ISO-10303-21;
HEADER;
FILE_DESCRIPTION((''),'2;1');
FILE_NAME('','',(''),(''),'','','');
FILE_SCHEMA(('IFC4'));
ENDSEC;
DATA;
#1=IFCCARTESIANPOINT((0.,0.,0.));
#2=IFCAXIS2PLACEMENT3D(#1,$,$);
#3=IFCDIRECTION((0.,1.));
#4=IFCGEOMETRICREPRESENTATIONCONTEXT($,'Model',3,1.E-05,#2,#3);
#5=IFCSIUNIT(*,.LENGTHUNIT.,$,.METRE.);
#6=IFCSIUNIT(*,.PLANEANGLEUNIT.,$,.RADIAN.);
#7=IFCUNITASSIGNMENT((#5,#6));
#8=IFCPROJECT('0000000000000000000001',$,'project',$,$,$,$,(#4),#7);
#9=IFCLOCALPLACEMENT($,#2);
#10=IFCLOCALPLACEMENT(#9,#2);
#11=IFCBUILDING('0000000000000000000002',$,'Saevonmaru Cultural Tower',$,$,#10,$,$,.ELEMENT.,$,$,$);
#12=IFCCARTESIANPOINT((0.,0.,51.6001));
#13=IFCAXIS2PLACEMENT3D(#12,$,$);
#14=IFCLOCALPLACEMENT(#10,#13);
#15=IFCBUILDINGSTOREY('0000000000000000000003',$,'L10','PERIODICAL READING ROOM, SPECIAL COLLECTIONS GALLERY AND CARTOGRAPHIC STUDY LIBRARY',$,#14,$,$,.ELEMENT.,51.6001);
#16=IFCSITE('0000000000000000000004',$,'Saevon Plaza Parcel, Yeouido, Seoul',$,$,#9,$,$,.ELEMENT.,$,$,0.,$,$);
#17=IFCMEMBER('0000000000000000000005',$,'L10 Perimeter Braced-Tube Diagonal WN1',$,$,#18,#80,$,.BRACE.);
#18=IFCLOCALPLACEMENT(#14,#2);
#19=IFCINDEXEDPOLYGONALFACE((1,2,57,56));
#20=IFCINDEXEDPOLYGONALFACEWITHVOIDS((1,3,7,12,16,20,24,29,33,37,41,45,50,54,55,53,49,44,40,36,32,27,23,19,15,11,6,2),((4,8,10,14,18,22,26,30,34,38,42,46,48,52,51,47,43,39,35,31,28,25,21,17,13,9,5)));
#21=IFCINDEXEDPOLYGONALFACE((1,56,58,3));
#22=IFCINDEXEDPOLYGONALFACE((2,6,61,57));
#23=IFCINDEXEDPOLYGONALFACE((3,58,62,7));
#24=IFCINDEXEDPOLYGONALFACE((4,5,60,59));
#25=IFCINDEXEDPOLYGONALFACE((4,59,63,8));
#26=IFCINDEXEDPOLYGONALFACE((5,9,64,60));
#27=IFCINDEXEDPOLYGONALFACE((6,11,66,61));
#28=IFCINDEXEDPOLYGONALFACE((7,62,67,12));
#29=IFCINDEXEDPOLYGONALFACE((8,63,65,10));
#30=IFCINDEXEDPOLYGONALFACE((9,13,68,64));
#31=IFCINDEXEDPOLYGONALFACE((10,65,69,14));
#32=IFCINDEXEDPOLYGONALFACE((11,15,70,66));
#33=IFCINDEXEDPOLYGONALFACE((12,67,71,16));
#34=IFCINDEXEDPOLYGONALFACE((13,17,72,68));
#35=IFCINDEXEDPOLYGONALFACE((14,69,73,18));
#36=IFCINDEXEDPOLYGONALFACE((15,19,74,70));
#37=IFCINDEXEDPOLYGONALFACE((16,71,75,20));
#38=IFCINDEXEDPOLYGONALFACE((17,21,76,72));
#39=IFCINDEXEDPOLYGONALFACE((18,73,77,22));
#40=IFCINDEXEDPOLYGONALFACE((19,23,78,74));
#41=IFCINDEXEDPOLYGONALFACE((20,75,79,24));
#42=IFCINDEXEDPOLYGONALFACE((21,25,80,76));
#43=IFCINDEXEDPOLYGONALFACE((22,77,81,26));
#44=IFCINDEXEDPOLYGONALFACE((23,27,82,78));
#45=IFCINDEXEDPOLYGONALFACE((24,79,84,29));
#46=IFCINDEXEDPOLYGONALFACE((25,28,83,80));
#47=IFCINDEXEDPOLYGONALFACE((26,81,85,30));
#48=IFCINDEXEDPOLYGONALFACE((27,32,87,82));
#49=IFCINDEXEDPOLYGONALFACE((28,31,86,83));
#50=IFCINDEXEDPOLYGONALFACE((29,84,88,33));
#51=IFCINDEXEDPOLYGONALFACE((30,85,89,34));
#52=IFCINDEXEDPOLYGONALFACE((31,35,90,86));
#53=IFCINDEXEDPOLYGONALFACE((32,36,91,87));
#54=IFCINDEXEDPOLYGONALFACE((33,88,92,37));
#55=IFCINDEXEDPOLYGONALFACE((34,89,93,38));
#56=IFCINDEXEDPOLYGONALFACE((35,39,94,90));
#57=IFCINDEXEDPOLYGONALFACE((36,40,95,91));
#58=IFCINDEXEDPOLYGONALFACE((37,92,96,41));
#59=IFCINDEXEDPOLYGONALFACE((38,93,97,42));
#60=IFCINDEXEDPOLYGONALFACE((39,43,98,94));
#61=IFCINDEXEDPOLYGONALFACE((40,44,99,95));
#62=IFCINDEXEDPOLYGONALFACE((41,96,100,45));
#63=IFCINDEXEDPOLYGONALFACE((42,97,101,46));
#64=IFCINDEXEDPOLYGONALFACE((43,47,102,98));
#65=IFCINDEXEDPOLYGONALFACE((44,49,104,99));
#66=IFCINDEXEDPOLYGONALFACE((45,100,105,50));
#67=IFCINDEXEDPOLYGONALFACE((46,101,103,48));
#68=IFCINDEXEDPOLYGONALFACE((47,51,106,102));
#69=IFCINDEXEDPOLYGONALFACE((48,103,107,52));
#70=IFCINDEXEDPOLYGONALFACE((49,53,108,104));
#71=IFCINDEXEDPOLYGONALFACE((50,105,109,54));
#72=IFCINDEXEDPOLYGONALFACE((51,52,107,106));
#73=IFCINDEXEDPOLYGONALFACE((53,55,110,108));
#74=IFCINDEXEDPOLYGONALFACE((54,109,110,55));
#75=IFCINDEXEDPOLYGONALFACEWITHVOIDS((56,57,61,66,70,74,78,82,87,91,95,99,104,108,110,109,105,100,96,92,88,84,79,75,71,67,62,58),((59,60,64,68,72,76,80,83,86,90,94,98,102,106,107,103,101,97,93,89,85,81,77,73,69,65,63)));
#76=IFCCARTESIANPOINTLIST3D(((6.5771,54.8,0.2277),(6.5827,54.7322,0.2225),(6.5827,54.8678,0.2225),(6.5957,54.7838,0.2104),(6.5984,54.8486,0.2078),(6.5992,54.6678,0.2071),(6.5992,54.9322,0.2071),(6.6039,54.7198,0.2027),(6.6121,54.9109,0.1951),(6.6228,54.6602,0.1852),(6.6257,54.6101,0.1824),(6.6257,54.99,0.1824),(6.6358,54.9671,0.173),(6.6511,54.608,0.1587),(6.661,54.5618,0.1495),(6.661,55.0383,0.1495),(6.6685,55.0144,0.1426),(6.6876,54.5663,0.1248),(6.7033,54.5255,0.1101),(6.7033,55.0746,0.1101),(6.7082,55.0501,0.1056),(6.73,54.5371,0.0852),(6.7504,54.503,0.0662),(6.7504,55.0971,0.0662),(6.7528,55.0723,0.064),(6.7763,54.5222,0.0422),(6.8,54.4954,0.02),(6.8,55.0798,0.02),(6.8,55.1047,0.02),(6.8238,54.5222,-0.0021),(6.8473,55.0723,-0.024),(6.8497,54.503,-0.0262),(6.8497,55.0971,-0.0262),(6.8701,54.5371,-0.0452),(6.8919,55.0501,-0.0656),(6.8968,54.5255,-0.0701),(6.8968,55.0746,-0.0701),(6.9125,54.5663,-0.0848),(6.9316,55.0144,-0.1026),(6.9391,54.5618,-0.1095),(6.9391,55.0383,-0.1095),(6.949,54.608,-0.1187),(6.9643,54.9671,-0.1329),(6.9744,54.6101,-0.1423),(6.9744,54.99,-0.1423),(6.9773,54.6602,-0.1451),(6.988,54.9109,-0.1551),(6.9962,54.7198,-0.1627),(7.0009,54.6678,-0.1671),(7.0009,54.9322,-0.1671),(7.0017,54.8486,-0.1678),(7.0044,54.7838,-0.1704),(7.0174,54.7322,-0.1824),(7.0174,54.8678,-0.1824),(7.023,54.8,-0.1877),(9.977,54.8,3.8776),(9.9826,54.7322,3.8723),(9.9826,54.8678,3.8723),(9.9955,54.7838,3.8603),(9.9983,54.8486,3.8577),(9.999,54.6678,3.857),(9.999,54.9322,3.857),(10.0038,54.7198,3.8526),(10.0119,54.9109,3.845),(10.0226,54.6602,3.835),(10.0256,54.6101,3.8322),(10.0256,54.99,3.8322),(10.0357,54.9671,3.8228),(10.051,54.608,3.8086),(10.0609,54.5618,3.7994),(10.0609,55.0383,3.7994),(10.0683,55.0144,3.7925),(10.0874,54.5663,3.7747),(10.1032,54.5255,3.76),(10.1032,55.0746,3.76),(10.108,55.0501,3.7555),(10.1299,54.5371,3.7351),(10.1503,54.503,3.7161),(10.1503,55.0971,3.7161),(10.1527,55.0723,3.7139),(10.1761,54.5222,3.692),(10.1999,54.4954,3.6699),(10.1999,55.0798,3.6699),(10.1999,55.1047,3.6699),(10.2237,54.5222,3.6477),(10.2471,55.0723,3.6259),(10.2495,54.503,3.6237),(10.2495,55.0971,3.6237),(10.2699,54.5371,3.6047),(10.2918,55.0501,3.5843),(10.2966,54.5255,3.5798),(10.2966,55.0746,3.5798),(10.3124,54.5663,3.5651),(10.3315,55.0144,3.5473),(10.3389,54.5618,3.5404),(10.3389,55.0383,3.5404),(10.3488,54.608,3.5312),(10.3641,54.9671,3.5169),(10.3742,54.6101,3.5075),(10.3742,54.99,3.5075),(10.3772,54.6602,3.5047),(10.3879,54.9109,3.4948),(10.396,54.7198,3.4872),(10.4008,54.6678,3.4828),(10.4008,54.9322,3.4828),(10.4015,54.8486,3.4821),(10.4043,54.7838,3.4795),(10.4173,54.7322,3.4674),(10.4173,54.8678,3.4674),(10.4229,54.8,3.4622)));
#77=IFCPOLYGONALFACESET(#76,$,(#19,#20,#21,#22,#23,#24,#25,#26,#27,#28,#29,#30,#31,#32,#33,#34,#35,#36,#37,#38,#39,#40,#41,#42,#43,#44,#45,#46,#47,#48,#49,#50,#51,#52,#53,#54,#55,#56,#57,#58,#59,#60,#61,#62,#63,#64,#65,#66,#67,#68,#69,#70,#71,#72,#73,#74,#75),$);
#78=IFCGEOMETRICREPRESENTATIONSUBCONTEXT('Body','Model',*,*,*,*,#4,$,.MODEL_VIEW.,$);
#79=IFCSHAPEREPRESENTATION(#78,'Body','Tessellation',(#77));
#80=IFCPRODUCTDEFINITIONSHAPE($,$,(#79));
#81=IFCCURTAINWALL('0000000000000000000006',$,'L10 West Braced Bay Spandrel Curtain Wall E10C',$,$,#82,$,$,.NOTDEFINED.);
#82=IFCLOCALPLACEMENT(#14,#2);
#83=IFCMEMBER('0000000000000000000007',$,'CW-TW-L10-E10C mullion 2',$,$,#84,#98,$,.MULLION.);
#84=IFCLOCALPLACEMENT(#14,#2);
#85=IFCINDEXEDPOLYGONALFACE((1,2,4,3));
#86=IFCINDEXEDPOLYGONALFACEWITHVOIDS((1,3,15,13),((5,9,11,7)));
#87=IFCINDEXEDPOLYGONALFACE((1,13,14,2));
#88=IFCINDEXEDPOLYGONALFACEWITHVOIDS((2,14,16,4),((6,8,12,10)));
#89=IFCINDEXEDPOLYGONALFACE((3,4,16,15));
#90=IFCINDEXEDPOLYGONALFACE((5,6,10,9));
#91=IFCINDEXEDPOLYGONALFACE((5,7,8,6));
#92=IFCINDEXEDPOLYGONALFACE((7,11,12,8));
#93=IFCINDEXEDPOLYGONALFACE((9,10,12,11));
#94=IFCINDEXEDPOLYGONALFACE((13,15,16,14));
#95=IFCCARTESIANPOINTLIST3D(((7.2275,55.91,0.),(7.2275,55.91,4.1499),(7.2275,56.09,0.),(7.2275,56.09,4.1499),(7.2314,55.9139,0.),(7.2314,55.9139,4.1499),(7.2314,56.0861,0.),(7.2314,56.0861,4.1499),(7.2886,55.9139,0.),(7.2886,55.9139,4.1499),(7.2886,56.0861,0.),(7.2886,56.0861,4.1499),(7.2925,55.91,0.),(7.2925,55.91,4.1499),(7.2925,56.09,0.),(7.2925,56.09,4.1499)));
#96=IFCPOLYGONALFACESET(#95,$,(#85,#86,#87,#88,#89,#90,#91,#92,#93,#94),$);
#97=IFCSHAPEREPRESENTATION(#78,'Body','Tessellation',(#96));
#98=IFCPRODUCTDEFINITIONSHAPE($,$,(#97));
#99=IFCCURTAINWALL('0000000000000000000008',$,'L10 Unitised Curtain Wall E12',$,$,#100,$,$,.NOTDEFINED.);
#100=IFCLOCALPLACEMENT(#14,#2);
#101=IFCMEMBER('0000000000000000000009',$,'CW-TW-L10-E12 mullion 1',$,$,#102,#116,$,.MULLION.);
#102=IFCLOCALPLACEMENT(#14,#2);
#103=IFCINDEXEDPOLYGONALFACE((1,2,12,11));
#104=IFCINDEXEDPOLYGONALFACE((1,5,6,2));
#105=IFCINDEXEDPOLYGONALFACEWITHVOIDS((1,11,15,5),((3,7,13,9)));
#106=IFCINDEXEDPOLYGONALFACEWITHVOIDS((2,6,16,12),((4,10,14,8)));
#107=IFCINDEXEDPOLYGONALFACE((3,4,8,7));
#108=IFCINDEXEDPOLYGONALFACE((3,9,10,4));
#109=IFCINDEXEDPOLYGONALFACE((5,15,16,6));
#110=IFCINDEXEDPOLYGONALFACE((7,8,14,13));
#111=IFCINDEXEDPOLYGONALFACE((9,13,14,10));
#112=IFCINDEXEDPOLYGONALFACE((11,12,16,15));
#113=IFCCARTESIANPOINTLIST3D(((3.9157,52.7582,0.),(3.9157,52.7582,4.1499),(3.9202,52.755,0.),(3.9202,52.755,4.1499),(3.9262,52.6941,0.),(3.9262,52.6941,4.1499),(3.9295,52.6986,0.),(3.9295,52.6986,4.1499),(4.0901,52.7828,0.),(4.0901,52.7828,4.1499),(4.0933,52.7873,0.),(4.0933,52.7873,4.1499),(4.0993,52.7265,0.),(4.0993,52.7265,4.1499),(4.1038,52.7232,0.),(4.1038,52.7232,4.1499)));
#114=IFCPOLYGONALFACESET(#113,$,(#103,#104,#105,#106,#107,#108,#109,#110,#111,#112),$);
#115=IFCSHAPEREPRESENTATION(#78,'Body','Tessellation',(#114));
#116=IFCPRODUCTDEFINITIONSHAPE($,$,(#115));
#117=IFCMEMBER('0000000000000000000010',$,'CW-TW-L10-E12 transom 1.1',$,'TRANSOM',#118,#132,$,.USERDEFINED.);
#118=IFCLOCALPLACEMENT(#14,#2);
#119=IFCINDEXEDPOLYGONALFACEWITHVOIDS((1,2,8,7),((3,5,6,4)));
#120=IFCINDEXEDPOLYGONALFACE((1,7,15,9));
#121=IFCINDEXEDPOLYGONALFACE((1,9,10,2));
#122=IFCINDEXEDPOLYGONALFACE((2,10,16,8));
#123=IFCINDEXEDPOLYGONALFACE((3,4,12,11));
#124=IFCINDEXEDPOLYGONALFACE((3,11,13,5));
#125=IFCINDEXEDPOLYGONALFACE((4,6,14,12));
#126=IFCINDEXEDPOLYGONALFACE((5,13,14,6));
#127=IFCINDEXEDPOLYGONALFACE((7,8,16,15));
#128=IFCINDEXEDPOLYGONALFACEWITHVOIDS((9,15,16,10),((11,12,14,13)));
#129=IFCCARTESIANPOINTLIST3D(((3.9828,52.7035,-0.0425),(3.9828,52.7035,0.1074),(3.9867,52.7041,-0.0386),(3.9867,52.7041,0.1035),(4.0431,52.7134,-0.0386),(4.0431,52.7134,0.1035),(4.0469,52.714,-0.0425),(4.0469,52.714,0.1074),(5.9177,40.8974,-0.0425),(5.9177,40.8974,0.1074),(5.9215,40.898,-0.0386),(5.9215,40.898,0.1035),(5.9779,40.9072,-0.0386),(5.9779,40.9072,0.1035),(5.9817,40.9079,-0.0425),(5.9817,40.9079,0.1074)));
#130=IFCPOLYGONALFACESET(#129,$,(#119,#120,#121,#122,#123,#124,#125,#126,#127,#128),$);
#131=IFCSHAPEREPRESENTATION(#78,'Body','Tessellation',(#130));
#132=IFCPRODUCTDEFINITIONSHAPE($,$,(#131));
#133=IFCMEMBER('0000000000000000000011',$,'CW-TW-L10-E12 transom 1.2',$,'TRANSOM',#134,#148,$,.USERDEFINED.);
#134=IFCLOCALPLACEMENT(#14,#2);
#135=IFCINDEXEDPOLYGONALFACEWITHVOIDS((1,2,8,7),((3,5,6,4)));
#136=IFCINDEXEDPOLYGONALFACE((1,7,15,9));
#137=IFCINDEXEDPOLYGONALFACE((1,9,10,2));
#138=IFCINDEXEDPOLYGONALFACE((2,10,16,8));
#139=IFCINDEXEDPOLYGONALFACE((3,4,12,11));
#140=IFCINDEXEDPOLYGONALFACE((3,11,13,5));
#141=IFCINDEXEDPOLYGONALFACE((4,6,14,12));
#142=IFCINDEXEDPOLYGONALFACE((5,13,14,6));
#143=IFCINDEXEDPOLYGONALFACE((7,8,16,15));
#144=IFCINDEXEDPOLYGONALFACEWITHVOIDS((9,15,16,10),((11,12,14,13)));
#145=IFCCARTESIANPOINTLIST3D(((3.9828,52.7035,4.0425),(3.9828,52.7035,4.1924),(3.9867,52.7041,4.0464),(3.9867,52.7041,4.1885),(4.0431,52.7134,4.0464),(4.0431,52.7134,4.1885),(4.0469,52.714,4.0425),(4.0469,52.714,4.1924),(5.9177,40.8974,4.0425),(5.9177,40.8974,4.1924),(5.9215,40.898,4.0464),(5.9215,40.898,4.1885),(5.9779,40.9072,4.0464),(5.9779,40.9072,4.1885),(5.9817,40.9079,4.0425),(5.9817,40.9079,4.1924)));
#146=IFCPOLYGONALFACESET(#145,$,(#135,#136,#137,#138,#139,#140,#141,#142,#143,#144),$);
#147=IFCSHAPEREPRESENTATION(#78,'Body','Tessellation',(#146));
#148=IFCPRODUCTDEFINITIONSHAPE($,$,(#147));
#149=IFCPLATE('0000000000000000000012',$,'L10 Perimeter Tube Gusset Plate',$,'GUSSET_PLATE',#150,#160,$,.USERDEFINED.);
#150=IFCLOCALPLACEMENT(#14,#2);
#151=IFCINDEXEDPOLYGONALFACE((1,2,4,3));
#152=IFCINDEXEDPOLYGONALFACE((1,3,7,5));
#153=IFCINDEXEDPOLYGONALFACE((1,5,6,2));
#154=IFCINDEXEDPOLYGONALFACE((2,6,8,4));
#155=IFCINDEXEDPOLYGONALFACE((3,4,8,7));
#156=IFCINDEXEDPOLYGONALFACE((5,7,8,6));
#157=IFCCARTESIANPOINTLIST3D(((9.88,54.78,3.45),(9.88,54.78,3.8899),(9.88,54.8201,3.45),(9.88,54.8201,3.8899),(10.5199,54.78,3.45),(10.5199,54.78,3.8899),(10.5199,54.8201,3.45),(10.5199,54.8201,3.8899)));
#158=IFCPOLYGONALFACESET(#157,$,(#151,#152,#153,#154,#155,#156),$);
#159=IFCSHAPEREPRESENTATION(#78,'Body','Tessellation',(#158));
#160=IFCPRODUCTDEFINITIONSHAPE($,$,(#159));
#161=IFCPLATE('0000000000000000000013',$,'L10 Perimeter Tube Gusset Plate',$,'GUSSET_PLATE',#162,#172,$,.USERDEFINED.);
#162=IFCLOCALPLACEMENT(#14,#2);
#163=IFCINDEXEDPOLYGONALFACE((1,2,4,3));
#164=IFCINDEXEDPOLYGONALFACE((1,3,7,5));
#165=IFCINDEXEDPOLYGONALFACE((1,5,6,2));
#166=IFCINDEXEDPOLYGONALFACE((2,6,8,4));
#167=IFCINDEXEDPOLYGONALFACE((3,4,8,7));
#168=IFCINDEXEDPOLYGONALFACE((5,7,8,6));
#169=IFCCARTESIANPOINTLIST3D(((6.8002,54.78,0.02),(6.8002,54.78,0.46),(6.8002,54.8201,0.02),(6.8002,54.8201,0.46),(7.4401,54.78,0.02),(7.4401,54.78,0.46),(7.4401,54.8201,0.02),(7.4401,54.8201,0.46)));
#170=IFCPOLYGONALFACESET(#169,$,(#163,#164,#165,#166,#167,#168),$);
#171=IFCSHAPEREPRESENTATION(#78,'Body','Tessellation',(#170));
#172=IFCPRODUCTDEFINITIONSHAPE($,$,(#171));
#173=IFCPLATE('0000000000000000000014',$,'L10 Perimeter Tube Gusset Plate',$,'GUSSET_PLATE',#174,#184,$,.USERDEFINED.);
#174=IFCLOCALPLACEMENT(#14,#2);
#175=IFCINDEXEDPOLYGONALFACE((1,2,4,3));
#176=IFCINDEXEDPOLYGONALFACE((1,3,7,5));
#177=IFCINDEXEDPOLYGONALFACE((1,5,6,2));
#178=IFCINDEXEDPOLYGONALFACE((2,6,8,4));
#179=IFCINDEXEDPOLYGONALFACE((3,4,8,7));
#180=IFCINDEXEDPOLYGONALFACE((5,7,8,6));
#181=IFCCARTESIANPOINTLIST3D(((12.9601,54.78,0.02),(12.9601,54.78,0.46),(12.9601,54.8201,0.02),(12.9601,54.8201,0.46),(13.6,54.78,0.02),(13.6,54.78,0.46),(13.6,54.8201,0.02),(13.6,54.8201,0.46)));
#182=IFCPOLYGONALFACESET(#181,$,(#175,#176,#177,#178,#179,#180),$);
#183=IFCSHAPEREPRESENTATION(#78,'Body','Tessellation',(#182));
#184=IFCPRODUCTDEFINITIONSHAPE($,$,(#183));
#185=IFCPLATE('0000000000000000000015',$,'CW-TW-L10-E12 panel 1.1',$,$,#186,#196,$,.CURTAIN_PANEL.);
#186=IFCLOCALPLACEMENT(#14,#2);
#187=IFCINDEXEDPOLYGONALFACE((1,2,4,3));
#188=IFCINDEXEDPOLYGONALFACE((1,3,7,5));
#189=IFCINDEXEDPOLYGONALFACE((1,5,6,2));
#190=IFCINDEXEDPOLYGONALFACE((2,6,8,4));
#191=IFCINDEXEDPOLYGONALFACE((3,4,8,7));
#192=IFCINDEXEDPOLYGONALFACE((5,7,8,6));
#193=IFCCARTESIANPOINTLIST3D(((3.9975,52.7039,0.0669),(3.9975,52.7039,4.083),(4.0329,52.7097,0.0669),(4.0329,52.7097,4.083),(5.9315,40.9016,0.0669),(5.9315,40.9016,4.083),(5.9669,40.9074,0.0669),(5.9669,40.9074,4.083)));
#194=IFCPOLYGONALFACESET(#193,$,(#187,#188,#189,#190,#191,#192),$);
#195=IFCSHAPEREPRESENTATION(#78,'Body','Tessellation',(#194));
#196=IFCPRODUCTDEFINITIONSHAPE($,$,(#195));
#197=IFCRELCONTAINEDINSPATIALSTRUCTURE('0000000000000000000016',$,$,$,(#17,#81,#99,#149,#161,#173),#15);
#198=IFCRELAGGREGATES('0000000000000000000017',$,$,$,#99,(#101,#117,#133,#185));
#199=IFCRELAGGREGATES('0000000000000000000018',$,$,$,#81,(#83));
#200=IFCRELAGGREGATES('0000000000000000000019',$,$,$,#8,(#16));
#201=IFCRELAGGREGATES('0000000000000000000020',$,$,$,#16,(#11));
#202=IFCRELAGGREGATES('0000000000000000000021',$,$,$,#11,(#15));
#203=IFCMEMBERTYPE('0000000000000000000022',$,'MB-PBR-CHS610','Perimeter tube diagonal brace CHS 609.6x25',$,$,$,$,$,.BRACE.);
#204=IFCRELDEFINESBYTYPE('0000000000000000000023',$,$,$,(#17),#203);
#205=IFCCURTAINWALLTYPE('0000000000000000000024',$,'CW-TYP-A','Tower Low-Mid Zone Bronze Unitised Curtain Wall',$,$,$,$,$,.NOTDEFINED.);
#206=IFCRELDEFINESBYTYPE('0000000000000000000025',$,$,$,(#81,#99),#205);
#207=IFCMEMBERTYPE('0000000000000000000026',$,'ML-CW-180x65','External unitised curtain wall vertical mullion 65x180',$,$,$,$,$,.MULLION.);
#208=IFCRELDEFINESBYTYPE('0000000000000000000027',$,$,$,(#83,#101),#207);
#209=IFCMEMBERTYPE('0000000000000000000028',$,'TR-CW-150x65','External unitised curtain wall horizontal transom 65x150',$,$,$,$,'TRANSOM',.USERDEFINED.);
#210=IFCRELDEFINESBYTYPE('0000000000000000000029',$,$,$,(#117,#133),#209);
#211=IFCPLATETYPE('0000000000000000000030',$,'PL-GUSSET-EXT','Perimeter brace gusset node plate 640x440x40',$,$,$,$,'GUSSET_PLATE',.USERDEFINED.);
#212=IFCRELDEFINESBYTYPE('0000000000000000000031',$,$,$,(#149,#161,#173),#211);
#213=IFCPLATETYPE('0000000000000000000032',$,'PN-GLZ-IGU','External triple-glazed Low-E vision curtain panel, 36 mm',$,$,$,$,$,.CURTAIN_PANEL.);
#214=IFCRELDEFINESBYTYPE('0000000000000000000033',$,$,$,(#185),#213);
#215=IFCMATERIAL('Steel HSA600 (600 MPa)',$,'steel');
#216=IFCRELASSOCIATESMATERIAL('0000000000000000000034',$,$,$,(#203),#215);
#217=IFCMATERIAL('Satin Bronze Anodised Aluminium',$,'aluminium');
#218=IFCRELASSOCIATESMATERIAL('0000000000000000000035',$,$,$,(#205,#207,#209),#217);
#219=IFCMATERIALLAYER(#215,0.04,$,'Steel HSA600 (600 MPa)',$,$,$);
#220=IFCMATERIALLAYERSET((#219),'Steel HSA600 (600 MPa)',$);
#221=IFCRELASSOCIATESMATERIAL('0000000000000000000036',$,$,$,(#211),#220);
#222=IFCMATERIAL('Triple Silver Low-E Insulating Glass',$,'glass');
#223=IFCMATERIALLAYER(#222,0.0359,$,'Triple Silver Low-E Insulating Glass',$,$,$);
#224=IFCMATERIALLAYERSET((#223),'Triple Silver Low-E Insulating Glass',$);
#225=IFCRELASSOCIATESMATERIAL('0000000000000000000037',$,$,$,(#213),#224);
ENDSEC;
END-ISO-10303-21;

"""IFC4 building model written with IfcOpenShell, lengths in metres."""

from ifc_helpers import new_model, si_unit, direction, frame, origin, origin_2d, place, context, subcontext, project, spatial, rectangle, hollow_rectangle, hollow_circle, extrude, material, layer, layer_set, material_profile, profile_set, type_object, element, aggregate, save


model = new_model("IFC4")

# Units and contexts
model_context = context("Model", 3, precision=1e-05, world=origin(), true_north=direction((0.0, 1.0)))
body_context = subcontext(model_context, "Body", "Model", "MODEL_VIEW")
ifc_project = project(units=[si_unit("LENGTHUNIT", "METRE"), si_unit("PLANEANGLEUNIT", "RADIAN")], contexts=[model_context])

# Site, building, storey
site_placement = place(None, origin())
site = spatial("IfcSite", under=ifc_project, at=site_placement, Name="Saevon Plaza Parcel, Yeouido, Seoul", CompositionType="ELEMENT", RefElevation=0.0)
building_placement = place(site_placement, origin())
building = spatial("IfcBuilding", under=site, at=building_placement, Name="Saevonmaru Cultural Tower", CompositionType="ELEMENT")
storey_placement = place(building_placement, frame((0.0, 0.0, 51.6001)))
storey = spatial("IfcBuildingStorey", under=building, at=storey_placement, Name="L10", Description="PERIODICAL READING ROOM, SPECIAL COLLECTIONS GALLERY AND CARTOGRAPHIC STUDY LIBRARY", CompositionType="ELEMENT", Elevation=51.6001)

# Shared definitions
ifc_material_1 = material(Name="Steel HSA600 (600 MPa)", Category="steel")

# Member
ifc_material_profile_1 = material_profile(ifc_material_1, hollow_circle(Radius=0.3047, WallThickness=0.0249, at=origin_2d()), Name="CHS-609.6x25")
ifc_profile_set_1 = profile_set([ifc_material_profile_1], Name="Steel HSA600 (600 MPa)")
member_type_1 = type_object("IfcMemberType", Name="MB-PBR-CHS610", Description="Perimeter tube diagonal brace CHS 609.6x25", PredefinedType="BRACE", material=ifc_profile_set_1)
member_1_placement = place(storey_placement, frame((6.8, 54.8, 0.02), z_axis=(0.681603, 0.0, 0.731722), x_axis=(0.0, 1.0, 0.0)))
element("IfcMember", 1, at=member_1_placement, inside=storey, type_object=member_type_1, Name="L10 Perimeter Braced-Tube Diagonal WN1", PredefinedType="BRACE", context=body_context, shape_type="SweptSolid", body=[
    extrude(hollow_circle(Radius=0.3047, WallThickness=0.0249, at=origin_2d()), origin(), (0.0, 0.0, 1.0), 4.988),
])

# Curtain wall, member
ifc_material_2 = material(Name="Satin Bronze Anodised Aluminium", Category="aluminium")
curtain_wall_type = type_object("IfcCurtainWallType", Name="CW-TYP-A", Description="Tower Low-Mid Zone Bronze Unitised Curtain Wall", PredefinedType="NOTDEFINED", material=ifc_material_2)
curtain_wall_1_placement = place(storey_placement, origin())
curtain_wall_1 = element("IfcCurtainWall", 2, at=curtain_wall_1_placement, inside=storey, type_object=curtain_wall_type, Name="L10 West Braced Bay Spandrel Curtain Wall E10C", PredefinedType="NOTDEFINED")
ifc_material_profile_2 = material_profile(ifc_material_2, hollow_rectangle(XDim=0.0649, YDim=0.1799, WallThickness=0.0039, at=origin_2d()), Name="ALU-MULL-180x65x4")
ifc_profile_set_2 = profile_set([ifc_material_profile_2], Name="Satin Bronze Anodised Aluminium")
member_type_2 = type_object("IfcMemberType", Name="ML-CW-180x65", Description="External unitised curtain wall vertical mullion 65x180", PredefinedType="MULLION", material=ifc_profile_set_2)
member_2_placement = place(storey_placement, frame((7.26, 56.0, 0.0), z_axis=(0.0, 0.0, 1.0), x_axis=(-1.0, 0.0, 0.0)))
member_2 = element("IfcMember", 3, at=member_2_placement, type_object=member_type_2, Name="CW-TW-L10-E10C mullion 2", PredefinedType="MULLION", context=body_context, shape_type="SweptSolid", body=[
    extrude(hollow_rectangle(XDim=0.0649, YDim=0.1799, WallThickness=0.0039, at=origin_2d()), origin(), (0.0, 0.0, 1.0), 4.1499),
])

# Curtain wall, members
curtain_wall_2_placement = place(storey_placement, origin())
curtain_wall_2 = element("IfcCurtainWall", 4, at=curtain_wall_2_placement, inside=storey, type_object=curtain_wall_type, Name="L10 Unitised Curtain Wall E12", PredefinedType="NOTDEFINED")
member_3_placement = place(storey_placement, frame((4.0098, 52.7407, 0.0), z_axis=(0.0, 0.0, 1.0), x_axis=(0.161709, -0.986839, 0.0)))
member_3 = element("IfcMember", 5, at=member_3_placement, type_object=member_type_2, Name="CW-TW-L10-E12 mullion 1", PredefinedType="MULLION", context=body_context, shape_type="SweptSolid", body=[
    extrude(hollow_rectangle(XDim=0.0649, YDim=0.1799, WallThickness=0.0039, at=origin_2d()), origin(), (0.0, 0.0, 1.0), 4.1499),
])
ifc_material_profile_3 = material_profile(ifc_material_2, hollow_rectangle(XDim=0.0649, YDim=0.1499, WallThickness=0.0039, at=origin_2d()), Name="ALU-TRAN-150x65x4")
ifc_profile_set_3 = profile_set([ifc_material_profile_3], Name="Satin Bronze Anodised Aluminium")
member_type_3 = type_object("IfcMemberType", Name="TR-CW-150x65", Description="External unitised curtain wall horizontal transom 65x150", ElementType="TRANSOM", PredefinedType="USERDEFINED", material=ifc_profile_set_3)
member_4_placement = place(storey_placement, frame((4.0149, 52.7087, 0.0325), z_axis=(0.161725, -0.986836, 0.0), x_axis=(0.986836, 0.161725, 0.0)))
member_4 = element("IfcMember", 6, at=member_4_placement, type_object=member_type_3, Name="CW-TW-L10-E12 transom 1.1", ObjectType="TRANSOM", PredefinedType="USERDEFINED", context=body_context, shape_type="SweptSolid", body=[
    extrude(hollow_rectangle(XDim=0.0649, YDim=0.1499, WallThickness=0.0039, at=origin_2d()), origin(), (0.0, 0.0, 1.0), 11.9636),
])
member_5_placement = place(storey_placement, frame((4.0149, 52.7087, 4.1174), z_axis=(0.161725, -0.986836, 0.0), x_axis=(0.986836, 0.161725, 0.0)))
member_5 = element("IfcMember", 7, at=member_5_placement, type_object=member_type_3, Name="CW-TW-L10-E12 transom 1.2", ObjectType="TRANSOM", PredefinedType="USERDEFINED", context=body_context, shape_type="SweptSolid", body=[
    extrude(hollow_rectangle(XDim=0.0649, YDim=0.1499, WallThickness=0.0039, at=origin_2d()), origin(), (0.0, 0.0, 1.0), 11.9636),
])

# Plates
ifc_layer_1 = layer(ifc_material_1, 0.04, Name="Steel HSA600 (600 MPa)")
ifc_layer_set_1 = layer_set([ifc_layer_1], Name="Steel HSA600 (600 MPa)")
plate_type_1 = type_object("IfcPlateType", Name="PL-GUSSET-EXT", Description="Perimeter brace gusset node plate 640x440x40", ElementType="GUSSET_PLATE", PredefinedType="USERDEFINED", material=ifc_layer_set_1)
for number, where, z_axis, x_axis, name in (
    (8, (10.2, 54.8, 3.45), (0.0, 0.0, 1.0), (1.0, 0.0, 0.0), "L10 Perimeter Tube Gusset Plate"),
    (9, (7.1201, 54.8, 0.02), (0.0, 0.0, 1.0), (1.0, 0.0, 0.0), "L10 Perimeter Tube Gusset Plate"),
    (10, (13.28, 54.8, 0.02), (0.0, 0.0, 1.0), (1.0, 0.0, 0.0), "L10 Perimeter Tube Gusset Plate"),
):
    element("IfcPlate", number, at=place(storey_placement, frame(where, z_axis=z_axis, x_axis=x_axis)), inside=storey, type_object=plate_type_1, Name=name, ObjectType="GUSSET_PLATE", PredefinedType="USERDEFINED", context=body_context, shape_type="SweptSolid", body=[
        extrude(rectangle(XDim=0.6399, YDim=0.04, at=origin_2d()), origin(), (0.0, 0.0, 1.0), 0.4399),
    ])

# Plate
ifc_material_3 = material(Name="Triple Silver Low-E Insulating Glass", Category="glass")
ifc_layer_2 = layer(ifc_material_3, 0.0359, Name="Triple Silver Low-E Insulating Glass")
ifc_layer_set_2 = layer_set([ifc_layer_2], Name="Triple Silver Low-E Insulating Glass")
plate_type_2 = type_object("IfcPlateType", Name="PN-GLZ-IGU", Description="External triple-glazed Low-E vision curtain panel, 36 mm", PredefinedType="CURTAIN_PANEL", material=ifc_layer_set_2)
plate_1_placement = place(storey_placement, frame((4.9822, 46.8057, 0.0669), z_axis=(0.0, 0.0, 1.0), x_axis=(0.161709, -0.986839, 0.0)))
plate_1 = element("IfcPlate", 11, at=plate_1_placement, type_object=plate_type_2, Name="CW-TW-L10-E12 panel 1.1", PredefinedType="CURTAIN_PANEL", context=body_context, shape_type="SweptSolid", body=[
    extrude(rectangle(XDim=11.9597, YDim=0.0359, at=origin_2d()), origin(), (0.0, 0.0, 1.0), 4.0161),
])
aggregate(curtain_wall_2, [member_3, member_4, member_5, plate_1])
aggregate(curtain_wall_1, [member_2])

save(model, "model.ifc")
